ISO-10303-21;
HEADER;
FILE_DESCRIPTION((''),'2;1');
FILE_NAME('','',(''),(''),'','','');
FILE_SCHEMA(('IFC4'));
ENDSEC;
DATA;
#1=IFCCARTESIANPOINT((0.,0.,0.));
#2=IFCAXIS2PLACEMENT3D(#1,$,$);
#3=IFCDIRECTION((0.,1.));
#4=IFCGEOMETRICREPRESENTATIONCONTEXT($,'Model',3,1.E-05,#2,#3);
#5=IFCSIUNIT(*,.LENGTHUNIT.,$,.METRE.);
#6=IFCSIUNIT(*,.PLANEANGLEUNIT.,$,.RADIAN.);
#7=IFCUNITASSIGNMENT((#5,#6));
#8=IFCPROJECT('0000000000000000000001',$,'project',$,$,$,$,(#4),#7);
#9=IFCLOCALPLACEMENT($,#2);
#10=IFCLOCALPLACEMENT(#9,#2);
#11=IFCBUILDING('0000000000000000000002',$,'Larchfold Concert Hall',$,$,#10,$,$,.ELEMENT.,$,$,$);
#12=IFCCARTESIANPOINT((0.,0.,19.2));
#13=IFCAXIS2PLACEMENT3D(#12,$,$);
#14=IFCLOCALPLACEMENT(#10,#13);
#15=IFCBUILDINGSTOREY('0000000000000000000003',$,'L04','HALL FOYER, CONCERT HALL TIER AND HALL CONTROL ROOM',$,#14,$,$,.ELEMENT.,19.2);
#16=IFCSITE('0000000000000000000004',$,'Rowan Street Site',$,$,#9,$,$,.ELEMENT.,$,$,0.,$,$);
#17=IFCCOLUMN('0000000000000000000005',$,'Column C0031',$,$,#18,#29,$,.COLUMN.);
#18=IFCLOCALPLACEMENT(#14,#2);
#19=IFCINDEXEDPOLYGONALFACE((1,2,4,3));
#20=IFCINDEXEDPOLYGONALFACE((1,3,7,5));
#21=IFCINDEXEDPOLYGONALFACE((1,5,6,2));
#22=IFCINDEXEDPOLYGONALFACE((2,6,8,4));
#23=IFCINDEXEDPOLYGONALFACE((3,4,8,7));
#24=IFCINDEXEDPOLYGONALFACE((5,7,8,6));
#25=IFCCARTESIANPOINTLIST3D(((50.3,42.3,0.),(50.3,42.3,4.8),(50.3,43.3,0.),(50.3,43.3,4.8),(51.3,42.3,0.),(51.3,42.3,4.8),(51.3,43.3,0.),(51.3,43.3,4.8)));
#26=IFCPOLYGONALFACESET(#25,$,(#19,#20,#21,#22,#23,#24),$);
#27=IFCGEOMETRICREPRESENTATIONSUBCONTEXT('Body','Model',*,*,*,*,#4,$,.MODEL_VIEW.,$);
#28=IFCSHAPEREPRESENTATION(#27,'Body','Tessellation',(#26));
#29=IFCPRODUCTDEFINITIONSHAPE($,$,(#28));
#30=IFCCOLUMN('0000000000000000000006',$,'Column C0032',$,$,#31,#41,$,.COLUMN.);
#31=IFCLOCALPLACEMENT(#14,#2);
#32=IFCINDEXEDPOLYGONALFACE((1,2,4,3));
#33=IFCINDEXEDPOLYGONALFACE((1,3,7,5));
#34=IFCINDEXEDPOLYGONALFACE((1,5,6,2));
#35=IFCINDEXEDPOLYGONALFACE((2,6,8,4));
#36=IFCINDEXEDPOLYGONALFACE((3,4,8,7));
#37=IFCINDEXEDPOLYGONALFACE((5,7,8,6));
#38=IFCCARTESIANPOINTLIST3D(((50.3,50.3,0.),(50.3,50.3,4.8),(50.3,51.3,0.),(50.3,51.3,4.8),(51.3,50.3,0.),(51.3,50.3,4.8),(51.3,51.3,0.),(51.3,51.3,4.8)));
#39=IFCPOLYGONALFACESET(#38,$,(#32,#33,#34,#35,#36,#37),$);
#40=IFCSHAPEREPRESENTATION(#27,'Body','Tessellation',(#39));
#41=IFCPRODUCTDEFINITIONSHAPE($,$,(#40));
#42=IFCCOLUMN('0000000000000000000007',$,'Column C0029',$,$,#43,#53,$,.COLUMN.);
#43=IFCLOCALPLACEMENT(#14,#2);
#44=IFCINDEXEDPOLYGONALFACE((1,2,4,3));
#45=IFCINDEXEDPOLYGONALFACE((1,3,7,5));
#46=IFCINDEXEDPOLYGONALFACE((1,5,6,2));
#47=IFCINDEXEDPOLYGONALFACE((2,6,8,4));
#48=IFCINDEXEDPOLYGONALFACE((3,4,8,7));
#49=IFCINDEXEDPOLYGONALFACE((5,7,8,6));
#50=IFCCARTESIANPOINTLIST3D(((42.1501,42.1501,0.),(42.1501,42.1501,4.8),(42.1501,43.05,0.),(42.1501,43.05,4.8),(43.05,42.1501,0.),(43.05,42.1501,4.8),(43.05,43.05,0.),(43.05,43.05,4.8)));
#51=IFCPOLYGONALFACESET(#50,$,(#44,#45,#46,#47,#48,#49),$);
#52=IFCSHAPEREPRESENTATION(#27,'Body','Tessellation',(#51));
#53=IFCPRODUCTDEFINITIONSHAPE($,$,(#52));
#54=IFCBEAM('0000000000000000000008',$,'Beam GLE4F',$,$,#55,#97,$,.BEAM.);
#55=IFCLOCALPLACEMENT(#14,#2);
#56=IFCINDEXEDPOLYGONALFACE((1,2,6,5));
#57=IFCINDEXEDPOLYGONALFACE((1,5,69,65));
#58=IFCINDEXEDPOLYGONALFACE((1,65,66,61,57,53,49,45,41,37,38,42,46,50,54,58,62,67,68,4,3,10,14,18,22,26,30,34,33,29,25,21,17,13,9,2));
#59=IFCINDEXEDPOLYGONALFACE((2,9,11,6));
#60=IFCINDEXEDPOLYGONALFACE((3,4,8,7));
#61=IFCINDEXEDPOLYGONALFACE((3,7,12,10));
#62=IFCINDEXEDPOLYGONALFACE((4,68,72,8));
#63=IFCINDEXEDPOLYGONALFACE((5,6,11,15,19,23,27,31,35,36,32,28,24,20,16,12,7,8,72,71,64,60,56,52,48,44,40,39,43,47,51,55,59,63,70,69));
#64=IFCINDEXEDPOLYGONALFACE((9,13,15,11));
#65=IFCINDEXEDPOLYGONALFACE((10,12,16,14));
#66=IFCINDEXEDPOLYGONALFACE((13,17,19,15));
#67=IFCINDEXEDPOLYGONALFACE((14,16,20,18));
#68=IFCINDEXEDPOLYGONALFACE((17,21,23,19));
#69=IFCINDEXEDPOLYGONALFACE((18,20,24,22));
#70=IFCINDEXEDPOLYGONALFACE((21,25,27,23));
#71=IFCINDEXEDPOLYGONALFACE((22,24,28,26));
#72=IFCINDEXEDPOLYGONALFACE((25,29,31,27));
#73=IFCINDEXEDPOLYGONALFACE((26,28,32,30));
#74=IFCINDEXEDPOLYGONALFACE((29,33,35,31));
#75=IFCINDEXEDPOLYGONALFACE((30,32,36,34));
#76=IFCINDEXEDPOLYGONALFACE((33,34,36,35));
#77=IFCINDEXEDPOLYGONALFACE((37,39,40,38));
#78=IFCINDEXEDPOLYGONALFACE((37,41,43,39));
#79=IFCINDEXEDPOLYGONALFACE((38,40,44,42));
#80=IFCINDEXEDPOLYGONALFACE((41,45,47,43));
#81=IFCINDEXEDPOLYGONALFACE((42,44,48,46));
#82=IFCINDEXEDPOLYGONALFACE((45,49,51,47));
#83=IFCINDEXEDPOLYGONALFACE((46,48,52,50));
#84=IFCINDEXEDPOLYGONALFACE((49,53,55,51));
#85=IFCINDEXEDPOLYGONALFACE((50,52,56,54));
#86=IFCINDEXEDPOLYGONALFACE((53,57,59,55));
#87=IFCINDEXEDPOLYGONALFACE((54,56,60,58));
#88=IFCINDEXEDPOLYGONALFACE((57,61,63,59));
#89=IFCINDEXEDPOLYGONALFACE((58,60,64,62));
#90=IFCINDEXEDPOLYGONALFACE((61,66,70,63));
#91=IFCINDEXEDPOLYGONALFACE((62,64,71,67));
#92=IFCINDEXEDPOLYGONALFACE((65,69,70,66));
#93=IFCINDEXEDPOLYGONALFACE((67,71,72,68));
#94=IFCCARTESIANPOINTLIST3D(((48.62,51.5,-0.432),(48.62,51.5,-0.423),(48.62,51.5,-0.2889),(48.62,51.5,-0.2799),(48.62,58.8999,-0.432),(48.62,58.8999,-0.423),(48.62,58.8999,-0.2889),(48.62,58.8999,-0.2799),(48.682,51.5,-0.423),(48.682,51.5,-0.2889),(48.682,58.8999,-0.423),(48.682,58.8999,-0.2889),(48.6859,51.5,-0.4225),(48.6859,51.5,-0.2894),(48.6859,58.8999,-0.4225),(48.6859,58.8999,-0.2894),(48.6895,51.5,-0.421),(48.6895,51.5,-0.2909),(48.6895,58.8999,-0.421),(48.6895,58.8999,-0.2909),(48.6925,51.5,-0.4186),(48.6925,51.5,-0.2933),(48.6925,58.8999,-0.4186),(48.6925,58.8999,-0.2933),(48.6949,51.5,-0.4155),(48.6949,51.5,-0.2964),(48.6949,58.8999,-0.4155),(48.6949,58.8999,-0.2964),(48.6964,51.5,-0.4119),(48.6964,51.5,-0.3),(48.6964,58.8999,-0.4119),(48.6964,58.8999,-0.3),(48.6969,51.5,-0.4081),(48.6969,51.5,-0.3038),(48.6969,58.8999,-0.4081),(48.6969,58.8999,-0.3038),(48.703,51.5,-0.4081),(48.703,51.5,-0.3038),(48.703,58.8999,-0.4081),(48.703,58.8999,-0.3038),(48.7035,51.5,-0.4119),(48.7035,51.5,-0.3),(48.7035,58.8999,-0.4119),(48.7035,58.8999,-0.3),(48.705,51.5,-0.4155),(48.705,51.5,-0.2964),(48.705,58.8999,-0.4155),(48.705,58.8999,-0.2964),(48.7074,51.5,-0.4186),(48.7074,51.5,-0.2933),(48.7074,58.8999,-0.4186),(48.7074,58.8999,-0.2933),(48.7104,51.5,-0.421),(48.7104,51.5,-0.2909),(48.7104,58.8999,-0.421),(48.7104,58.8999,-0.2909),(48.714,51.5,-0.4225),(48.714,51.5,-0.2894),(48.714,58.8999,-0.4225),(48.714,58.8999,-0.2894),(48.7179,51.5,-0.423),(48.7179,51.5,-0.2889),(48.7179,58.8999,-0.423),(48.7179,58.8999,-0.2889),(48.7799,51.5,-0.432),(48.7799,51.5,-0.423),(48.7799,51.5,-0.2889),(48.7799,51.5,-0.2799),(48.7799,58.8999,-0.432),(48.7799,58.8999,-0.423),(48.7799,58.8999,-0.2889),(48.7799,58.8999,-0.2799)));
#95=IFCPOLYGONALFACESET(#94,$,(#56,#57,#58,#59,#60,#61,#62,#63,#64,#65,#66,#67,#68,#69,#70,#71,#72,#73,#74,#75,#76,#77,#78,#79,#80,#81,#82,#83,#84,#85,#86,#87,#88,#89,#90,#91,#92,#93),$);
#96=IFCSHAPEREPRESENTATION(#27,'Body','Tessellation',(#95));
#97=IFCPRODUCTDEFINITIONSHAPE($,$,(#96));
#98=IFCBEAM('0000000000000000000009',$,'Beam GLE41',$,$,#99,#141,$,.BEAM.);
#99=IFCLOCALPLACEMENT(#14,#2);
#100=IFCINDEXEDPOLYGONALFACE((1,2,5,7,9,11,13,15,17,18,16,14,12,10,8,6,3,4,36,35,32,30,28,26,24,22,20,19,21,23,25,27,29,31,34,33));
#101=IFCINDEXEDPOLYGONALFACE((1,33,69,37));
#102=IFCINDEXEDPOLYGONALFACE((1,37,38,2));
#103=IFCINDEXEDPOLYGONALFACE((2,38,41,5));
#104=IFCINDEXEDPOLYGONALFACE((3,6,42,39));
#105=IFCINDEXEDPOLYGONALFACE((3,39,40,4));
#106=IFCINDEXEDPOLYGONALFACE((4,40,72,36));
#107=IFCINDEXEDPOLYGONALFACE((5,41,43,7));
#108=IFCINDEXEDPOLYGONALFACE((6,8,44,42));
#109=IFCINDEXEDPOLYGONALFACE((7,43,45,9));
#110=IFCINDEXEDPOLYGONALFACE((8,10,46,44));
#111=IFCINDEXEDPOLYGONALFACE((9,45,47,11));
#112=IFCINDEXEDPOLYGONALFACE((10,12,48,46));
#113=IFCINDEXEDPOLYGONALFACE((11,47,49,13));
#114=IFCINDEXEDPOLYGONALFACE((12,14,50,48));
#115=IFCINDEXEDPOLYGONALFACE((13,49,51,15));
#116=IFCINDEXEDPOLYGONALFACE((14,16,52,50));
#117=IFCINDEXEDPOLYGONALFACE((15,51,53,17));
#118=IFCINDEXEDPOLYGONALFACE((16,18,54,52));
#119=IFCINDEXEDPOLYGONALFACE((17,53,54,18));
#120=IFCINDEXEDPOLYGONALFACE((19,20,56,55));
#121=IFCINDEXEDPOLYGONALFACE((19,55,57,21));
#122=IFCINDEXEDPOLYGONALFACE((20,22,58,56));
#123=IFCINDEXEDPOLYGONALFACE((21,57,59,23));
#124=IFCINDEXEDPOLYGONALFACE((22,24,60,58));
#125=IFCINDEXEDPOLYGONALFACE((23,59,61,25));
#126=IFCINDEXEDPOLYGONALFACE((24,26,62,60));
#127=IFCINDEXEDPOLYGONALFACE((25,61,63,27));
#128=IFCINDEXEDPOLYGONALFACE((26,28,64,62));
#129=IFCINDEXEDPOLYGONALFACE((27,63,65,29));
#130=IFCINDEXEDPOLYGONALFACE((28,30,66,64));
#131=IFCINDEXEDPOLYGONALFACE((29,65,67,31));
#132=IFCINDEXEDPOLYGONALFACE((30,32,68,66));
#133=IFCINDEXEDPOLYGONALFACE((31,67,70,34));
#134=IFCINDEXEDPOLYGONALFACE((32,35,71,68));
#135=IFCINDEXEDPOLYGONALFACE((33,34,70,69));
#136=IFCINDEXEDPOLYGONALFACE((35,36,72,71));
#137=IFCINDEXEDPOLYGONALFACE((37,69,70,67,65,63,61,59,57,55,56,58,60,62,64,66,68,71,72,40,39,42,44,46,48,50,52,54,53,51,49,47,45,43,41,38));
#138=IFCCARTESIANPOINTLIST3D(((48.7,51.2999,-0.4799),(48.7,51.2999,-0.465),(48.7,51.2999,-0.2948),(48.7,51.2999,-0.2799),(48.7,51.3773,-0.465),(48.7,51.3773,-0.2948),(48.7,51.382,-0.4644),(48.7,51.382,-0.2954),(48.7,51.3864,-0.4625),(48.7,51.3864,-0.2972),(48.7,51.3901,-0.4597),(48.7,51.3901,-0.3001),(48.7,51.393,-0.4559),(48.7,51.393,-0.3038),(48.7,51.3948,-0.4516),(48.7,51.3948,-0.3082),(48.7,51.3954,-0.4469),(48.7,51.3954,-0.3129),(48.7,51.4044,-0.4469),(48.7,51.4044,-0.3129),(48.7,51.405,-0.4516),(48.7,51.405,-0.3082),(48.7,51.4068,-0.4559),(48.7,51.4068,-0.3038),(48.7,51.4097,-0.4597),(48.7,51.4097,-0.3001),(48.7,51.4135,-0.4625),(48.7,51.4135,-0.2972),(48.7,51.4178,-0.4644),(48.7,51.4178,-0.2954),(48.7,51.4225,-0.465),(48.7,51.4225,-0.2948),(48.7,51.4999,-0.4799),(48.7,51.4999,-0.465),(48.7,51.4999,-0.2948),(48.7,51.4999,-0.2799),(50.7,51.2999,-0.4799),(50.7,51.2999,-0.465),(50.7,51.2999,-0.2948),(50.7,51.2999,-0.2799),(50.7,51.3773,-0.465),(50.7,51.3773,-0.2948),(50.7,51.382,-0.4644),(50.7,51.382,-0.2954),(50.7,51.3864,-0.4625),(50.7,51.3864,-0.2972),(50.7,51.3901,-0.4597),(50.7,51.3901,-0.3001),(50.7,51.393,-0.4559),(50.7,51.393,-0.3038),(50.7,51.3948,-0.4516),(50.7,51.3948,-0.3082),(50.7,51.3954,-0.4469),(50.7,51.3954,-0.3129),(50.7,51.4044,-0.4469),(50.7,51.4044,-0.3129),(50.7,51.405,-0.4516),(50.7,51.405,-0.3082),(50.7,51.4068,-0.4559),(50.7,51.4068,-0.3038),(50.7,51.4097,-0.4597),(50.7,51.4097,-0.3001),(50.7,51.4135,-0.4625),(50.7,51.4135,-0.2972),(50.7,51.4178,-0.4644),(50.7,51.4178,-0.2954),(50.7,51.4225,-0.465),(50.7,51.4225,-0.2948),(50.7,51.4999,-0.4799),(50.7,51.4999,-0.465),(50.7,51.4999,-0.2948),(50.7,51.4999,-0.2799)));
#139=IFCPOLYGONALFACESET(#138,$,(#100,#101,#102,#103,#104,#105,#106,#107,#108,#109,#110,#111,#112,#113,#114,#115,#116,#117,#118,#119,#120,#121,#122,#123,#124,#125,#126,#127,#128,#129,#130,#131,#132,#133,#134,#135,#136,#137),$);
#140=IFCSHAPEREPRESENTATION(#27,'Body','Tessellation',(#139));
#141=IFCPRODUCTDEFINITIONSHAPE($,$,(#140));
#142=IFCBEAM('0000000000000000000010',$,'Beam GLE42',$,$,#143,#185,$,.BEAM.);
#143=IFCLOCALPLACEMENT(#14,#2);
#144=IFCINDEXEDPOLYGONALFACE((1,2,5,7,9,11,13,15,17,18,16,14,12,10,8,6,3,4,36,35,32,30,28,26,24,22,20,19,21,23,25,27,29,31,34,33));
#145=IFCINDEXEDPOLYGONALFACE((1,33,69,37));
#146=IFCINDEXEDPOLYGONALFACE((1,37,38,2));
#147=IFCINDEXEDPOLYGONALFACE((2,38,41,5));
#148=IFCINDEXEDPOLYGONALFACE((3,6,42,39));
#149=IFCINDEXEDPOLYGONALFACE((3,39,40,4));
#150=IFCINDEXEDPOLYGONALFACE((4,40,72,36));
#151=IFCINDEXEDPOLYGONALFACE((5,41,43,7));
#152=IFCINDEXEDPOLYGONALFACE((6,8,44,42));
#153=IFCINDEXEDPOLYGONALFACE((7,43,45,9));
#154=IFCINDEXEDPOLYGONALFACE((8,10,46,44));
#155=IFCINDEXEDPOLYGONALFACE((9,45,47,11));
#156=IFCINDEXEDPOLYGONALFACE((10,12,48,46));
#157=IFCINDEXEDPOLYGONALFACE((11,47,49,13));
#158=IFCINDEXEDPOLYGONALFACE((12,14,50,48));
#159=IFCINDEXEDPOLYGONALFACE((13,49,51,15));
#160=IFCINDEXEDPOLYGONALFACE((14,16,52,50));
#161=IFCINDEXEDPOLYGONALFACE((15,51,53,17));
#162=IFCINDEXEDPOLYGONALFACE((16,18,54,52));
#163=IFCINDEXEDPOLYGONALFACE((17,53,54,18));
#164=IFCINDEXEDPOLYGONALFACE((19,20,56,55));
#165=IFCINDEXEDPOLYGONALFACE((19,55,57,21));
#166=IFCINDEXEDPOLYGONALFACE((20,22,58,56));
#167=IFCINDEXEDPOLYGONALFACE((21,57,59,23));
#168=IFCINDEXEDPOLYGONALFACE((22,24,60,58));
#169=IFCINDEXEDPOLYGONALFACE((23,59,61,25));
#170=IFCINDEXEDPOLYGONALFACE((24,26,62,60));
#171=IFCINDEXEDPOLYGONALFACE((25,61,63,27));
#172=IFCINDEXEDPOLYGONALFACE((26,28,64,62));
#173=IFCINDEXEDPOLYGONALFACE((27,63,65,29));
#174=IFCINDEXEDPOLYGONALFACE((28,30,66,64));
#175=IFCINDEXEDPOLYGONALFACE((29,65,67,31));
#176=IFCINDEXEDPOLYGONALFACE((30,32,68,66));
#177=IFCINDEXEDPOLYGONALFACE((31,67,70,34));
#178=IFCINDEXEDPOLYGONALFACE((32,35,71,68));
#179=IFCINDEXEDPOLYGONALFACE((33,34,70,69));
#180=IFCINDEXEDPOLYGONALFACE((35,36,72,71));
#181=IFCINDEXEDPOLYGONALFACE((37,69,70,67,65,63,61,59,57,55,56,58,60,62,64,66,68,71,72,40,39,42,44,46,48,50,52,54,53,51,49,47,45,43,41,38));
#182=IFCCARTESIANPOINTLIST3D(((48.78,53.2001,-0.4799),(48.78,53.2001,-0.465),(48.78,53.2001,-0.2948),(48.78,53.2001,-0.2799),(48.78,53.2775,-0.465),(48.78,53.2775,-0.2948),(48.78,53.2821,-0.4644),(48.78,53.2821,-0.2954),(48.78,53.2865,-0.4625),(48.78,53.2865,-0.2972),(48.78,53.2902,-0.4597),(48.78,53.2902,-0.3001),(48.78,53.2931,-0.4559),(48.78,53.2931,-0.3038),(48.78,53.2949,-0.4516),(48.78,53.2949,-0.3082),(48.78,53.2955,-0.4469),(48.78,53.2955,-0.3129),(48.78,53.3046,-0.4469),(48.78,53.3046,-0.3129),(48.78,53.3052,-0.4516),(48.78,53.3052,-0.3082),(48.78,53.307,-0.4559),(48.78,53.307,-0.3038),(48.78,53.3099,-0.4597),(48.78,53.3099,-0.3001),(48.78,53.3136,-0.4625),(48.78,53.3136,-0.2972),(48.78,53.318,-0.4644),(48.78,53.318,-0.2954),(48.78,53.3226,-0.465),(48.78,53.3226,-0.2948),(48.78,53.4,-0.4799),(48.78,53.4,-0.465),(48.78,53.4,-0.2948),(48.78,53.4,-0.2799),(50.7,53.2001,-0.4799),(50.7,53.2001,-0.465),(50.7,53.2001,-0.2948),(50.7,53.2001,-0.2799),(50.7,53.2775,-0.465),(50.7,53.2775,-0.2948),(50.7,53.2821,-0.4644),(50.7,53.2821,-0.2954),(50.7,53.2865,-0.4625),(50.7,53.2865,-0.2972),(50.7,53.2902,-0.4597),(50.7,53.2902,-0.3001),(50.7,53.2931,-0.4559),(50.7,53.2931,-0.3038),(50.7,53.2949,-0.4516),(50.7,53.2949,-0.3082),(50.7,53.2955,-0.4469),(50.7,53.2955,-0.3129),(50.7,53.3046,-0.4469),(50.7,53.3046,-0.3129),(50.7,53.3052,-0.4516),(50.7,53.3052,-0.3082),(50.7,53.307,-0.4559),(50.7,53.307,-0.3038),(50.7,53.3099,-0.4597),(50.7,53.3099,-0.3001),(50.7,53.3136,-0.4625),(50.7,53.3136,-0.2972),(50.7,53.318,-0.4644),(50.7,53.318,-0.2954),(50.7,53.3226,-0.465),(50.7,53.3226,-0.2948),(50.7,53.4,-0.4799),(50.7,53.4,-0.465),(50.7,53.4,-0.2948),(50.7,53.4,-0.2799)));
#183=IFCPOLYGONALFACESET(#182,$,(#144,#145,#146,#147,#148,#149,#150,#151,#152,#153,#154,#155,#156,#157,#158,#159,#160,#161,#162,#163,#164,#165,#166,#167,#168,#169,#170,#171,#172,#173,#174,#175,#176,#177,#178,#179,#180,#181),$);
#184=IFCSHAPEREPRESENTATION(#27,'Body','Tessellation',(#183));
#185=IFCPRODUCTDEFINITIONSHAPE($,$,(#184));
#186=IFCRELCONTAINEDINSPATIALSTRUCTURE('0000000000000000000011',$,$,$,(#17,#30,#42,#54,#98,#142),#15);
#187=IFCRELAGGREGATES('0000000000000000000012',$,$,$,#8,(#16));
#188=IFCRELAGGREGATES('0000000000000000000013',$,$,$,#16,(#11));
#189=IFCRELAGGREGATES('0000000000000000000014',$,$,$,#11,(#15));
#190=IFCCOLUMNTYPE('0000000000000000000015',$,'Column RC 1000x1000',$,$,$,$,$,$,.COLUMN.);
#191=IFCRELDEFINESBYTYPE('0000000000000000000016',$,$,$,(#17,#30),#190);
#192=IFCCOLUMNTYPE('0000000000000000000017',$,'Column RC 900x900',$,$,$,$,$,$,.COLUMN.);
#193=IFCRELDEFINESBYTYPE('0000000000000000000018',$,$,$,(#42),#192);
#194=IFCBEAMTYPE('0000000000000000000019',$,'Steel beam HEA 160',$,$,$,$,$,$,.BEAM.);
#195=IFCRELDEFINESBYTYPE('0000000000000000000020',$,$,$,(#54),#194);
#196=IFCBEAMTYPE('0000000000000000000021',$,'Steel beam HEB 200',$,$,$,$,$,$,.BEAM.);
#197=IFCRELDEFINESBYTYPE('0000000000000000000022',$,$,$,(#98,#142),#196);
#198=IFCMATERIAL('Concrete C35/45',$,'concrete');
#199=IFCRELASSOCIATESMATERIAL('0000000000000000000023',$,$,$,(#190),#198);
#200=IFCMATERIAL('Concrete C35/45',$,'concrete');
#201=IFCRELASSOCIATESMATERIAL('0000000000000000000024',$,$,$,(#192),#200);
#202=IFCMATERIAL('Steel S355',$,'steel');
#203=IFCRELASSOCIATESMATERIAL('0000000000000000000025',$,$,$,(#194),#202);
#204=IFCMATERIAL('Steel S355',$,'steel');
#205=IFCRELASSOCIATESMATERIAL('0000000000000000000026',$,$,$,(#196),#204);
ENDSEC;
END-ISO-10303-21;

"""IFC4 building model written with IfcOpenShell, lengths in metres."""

from ifc_helpers import new_model, si_unit, direction, frame, origin, origin_2d, place, context, subcontext, project, spatial, rectangle, i_section, extrude, material, material_profile, profile_set, type_object, element, save


model = new_model("IFC4")

# Units and contexts
model_context = context("Model", 3, precision=1e-05, world=origin(), true_north=direction((0.0, 1.0)))
body_context = subcontext(model_context, "Body", "Model", "MODEL_VIEW")
ifc_project = project(units=[si_unit("LENGTHUNIT", "METRE"), si_unit("PLANEANGLEUNIT", "RADIAN")], contexts=[model_context])

# Site, building, storey
site_placement = place(None, origin())
site = spatial("IfcSite", under=ifc_project, at=site_placement, Name="Rowan Street Site", CompositionType="ELEMENT", RefElevation=0.0)
building_placement = place(site_placement, origin())
building = spatial("IfcBuilding", under=site, at=building_placement, Name="Larchfold Concert Hall", CompositionType="ELEMENT")
storey_placement = place(building_placement, frame((0.0, 0.0, 19.2)))
storey = spatial("IfcBuildingStorey", under=building, at=storey_placement, Name="L04", Description="HALL FOYER, CONCERT HALL TIER AND HALL CONTROL ROOM", CompositionType="ELEMENT", Elevation=19.2)

# Columns
ifc_material_1 = material(Name="Concrete C35/45", Category="concrete")
ifc_material_profile_1 = material_profile(ifc_material_1, rectangle(XDim=1.0, YDim=1.0, at=origin_2d()))
ifc_profile_set_1 = profile_set([ifc_material_profile_1], Name="Concrete C35/45")
column_type_1 = type_object("IfcColumnType", Name="Column RC 1000x1000", PredefinedType="COLUMN", material=ifc_profile_set_1)
for number, where, z_axis, x_axis, name in (
    (1, (50.8, 42.8, 0.0), (0.0, 0.0, 1.0), (1.0, 0.0, 0.0), "Column C0031"),
    (2, (50.8, 50.8, 0.0), (0.0, 0.0, 1.0), (1.0, 0.0, 0.0), "Column C0032"),
):
    element("IfcColumn", number, at=place(storey_placement, frame(where, z_axis=z_axis, x_axis=x_axis)), inside=storey, type_object=column_type_1, Name=name, PredefinedType="COLUMN", context=body_context, shape_type="SweptSolid", body=[
        extrude(rectangle(XDim=1.0, YDim=1.0, at=origin_2d()), origin(), (0.0, 0.0, 1.0), 4.8),
    ])
ifc_material_2 = material(Name="Concrete C35/45", Category="concrete")
ifc_material_profile_2 = material_profile(ifc_material_2, rectangle(XDim=0.8999, YDim=0.8999, at=origin_2d()))
ifc_profile_set_2 = profile_set([ifc_material_profile_2], Name="Concrete C35/45")
column_type_2 = type_object("IfcColumnType", Name="Column RC 900x900", PredefinedType="COLUMN", material=ifc_profile_set_2)
column_placement = place(storey_placement, frame((42.6001, 42.6001, 0.0), z_axis=(0.0, 0.0, 1.0), x_axis=(1.0, 0.0, 0.0)))
element("IfcColumn", 3, at=column_placement, inside=storey, type_object=column_type_2, Name="Column C0029", PredefinedType="COLUMN", context=body_context, shape_type="SweptSolid", body=[
    extrude(rectangle(XDim=0.8999, YDim=0.8999, at=origin_2d()), origin(), (0.0, 0.0, 1.0), 4.8),
])

# Beams
ifc_material_3 = material(Name="Steel S355", Category="steel")
ifc_material_profile_3 = material_profile(ifc_material_3, i_section(OverallWidth=0.1599, OverallDepth=0.1521, WebThickness=0.0061, FlangeThickness=0.009, FilletRadius=0.0149, at=origin_2d()))
ifc_profile_set_3 = profile_set([ifc_material_profile_3], Name="Steel S355")
beam_type_1 = type_object("IfcBeamType", Name="Steel beam HEA 160", PredefinedType="BEAM", material=ifc_profile_set_3)
beam_1_placement = place(storey_placement, frame((48.7, 51.5, -0.356), z_axis=(0.0, 1.0, 0.0), x_axis=(-1.0, 0.0, 0.0)))
element("IfcBeam", 4, at=beam_1_placement, inside=storey, type_object=beam_type_1, Name="Beam GLE4F", PredefinedType="BEAM", context=body_context, shape_type="SweptSolid", body=[
    extrude(i_section(OverallWidth=0.1599, OverallDepth=0.1521, WebThickness=0.0061, FlangeThickness=0.009, FilletRadius=0.0149, at=origin_2d()), origin(), (0.0, 0.0, 1.0), 7.3999),
])
ifc_material_4 = material(Name="Steel S355", Category="steel")
ifc_material_profile_4 = material_profile(ifc_material_4, i_section(OverallWidth=0.2, OverallDepth=0.2, WebThickness=0.009, FlangeThickness=0.0149, FilletRadius=0.0181, at=origin_2d()))
ifc_profile_set_4 = profile_set([ifc_material_profile_4], Name="Steel S355")
beam_type_2 = type_object("IfcBeamType", Name="Steel beam HEB 200", PredefinedType="BEAM", material=ifc_profile_set_4)
beam_2_placement = place(storey_placement, frame((50.7, 51.3999, -0.3799), z_axis=(-1.0, 0.0, 0.0), x_axis=(0.0, -1.0, 0.0)))
element("IfcBeam", 5, at=beam_2_placement, inside=storey, type_object=beam_type_2, Name="Beam GLE41", PredefinedType="BEAM", context=body_context, shape_type="SweptSolid", body=[
    extrude(i_section(OverallWidth=0.2, OverallDepth=0.2, WebThickness=0.009, FlangeThickness=0.0149, FilletRadius=0.0181, at=origin_2d()), origin(), (0.0, 0.0, 1.0), 2.0),
])
for number, where, z_axis, x_axis, name in (
    (6, (50.7, 53.3, -0.3799), (-1.0, 0.0, 0.0), (0.0, -1.0, 0.0), "Beam GLE42"),
):
    element("IfcBeam", number, at=place(storey_placement, frame(where, z_axis=z_axis, x_axis=x_axis)), inside=storey, type_object=beam_type_2, Name=name, PredefinedType="BEAM", context=body_context, shape_type="SweptSolid", body=[
        extrude(i_section(OverallWidth=0.2, OverallDepth=0.2, WebThickness=0.009, FlangeThickness=0.0149, FilletRadius=0.0181, at=origin_2d()), origin(), (0.0, 0.0, 1.0), 1.9199),
    ])

save(model, "model.ifc")
